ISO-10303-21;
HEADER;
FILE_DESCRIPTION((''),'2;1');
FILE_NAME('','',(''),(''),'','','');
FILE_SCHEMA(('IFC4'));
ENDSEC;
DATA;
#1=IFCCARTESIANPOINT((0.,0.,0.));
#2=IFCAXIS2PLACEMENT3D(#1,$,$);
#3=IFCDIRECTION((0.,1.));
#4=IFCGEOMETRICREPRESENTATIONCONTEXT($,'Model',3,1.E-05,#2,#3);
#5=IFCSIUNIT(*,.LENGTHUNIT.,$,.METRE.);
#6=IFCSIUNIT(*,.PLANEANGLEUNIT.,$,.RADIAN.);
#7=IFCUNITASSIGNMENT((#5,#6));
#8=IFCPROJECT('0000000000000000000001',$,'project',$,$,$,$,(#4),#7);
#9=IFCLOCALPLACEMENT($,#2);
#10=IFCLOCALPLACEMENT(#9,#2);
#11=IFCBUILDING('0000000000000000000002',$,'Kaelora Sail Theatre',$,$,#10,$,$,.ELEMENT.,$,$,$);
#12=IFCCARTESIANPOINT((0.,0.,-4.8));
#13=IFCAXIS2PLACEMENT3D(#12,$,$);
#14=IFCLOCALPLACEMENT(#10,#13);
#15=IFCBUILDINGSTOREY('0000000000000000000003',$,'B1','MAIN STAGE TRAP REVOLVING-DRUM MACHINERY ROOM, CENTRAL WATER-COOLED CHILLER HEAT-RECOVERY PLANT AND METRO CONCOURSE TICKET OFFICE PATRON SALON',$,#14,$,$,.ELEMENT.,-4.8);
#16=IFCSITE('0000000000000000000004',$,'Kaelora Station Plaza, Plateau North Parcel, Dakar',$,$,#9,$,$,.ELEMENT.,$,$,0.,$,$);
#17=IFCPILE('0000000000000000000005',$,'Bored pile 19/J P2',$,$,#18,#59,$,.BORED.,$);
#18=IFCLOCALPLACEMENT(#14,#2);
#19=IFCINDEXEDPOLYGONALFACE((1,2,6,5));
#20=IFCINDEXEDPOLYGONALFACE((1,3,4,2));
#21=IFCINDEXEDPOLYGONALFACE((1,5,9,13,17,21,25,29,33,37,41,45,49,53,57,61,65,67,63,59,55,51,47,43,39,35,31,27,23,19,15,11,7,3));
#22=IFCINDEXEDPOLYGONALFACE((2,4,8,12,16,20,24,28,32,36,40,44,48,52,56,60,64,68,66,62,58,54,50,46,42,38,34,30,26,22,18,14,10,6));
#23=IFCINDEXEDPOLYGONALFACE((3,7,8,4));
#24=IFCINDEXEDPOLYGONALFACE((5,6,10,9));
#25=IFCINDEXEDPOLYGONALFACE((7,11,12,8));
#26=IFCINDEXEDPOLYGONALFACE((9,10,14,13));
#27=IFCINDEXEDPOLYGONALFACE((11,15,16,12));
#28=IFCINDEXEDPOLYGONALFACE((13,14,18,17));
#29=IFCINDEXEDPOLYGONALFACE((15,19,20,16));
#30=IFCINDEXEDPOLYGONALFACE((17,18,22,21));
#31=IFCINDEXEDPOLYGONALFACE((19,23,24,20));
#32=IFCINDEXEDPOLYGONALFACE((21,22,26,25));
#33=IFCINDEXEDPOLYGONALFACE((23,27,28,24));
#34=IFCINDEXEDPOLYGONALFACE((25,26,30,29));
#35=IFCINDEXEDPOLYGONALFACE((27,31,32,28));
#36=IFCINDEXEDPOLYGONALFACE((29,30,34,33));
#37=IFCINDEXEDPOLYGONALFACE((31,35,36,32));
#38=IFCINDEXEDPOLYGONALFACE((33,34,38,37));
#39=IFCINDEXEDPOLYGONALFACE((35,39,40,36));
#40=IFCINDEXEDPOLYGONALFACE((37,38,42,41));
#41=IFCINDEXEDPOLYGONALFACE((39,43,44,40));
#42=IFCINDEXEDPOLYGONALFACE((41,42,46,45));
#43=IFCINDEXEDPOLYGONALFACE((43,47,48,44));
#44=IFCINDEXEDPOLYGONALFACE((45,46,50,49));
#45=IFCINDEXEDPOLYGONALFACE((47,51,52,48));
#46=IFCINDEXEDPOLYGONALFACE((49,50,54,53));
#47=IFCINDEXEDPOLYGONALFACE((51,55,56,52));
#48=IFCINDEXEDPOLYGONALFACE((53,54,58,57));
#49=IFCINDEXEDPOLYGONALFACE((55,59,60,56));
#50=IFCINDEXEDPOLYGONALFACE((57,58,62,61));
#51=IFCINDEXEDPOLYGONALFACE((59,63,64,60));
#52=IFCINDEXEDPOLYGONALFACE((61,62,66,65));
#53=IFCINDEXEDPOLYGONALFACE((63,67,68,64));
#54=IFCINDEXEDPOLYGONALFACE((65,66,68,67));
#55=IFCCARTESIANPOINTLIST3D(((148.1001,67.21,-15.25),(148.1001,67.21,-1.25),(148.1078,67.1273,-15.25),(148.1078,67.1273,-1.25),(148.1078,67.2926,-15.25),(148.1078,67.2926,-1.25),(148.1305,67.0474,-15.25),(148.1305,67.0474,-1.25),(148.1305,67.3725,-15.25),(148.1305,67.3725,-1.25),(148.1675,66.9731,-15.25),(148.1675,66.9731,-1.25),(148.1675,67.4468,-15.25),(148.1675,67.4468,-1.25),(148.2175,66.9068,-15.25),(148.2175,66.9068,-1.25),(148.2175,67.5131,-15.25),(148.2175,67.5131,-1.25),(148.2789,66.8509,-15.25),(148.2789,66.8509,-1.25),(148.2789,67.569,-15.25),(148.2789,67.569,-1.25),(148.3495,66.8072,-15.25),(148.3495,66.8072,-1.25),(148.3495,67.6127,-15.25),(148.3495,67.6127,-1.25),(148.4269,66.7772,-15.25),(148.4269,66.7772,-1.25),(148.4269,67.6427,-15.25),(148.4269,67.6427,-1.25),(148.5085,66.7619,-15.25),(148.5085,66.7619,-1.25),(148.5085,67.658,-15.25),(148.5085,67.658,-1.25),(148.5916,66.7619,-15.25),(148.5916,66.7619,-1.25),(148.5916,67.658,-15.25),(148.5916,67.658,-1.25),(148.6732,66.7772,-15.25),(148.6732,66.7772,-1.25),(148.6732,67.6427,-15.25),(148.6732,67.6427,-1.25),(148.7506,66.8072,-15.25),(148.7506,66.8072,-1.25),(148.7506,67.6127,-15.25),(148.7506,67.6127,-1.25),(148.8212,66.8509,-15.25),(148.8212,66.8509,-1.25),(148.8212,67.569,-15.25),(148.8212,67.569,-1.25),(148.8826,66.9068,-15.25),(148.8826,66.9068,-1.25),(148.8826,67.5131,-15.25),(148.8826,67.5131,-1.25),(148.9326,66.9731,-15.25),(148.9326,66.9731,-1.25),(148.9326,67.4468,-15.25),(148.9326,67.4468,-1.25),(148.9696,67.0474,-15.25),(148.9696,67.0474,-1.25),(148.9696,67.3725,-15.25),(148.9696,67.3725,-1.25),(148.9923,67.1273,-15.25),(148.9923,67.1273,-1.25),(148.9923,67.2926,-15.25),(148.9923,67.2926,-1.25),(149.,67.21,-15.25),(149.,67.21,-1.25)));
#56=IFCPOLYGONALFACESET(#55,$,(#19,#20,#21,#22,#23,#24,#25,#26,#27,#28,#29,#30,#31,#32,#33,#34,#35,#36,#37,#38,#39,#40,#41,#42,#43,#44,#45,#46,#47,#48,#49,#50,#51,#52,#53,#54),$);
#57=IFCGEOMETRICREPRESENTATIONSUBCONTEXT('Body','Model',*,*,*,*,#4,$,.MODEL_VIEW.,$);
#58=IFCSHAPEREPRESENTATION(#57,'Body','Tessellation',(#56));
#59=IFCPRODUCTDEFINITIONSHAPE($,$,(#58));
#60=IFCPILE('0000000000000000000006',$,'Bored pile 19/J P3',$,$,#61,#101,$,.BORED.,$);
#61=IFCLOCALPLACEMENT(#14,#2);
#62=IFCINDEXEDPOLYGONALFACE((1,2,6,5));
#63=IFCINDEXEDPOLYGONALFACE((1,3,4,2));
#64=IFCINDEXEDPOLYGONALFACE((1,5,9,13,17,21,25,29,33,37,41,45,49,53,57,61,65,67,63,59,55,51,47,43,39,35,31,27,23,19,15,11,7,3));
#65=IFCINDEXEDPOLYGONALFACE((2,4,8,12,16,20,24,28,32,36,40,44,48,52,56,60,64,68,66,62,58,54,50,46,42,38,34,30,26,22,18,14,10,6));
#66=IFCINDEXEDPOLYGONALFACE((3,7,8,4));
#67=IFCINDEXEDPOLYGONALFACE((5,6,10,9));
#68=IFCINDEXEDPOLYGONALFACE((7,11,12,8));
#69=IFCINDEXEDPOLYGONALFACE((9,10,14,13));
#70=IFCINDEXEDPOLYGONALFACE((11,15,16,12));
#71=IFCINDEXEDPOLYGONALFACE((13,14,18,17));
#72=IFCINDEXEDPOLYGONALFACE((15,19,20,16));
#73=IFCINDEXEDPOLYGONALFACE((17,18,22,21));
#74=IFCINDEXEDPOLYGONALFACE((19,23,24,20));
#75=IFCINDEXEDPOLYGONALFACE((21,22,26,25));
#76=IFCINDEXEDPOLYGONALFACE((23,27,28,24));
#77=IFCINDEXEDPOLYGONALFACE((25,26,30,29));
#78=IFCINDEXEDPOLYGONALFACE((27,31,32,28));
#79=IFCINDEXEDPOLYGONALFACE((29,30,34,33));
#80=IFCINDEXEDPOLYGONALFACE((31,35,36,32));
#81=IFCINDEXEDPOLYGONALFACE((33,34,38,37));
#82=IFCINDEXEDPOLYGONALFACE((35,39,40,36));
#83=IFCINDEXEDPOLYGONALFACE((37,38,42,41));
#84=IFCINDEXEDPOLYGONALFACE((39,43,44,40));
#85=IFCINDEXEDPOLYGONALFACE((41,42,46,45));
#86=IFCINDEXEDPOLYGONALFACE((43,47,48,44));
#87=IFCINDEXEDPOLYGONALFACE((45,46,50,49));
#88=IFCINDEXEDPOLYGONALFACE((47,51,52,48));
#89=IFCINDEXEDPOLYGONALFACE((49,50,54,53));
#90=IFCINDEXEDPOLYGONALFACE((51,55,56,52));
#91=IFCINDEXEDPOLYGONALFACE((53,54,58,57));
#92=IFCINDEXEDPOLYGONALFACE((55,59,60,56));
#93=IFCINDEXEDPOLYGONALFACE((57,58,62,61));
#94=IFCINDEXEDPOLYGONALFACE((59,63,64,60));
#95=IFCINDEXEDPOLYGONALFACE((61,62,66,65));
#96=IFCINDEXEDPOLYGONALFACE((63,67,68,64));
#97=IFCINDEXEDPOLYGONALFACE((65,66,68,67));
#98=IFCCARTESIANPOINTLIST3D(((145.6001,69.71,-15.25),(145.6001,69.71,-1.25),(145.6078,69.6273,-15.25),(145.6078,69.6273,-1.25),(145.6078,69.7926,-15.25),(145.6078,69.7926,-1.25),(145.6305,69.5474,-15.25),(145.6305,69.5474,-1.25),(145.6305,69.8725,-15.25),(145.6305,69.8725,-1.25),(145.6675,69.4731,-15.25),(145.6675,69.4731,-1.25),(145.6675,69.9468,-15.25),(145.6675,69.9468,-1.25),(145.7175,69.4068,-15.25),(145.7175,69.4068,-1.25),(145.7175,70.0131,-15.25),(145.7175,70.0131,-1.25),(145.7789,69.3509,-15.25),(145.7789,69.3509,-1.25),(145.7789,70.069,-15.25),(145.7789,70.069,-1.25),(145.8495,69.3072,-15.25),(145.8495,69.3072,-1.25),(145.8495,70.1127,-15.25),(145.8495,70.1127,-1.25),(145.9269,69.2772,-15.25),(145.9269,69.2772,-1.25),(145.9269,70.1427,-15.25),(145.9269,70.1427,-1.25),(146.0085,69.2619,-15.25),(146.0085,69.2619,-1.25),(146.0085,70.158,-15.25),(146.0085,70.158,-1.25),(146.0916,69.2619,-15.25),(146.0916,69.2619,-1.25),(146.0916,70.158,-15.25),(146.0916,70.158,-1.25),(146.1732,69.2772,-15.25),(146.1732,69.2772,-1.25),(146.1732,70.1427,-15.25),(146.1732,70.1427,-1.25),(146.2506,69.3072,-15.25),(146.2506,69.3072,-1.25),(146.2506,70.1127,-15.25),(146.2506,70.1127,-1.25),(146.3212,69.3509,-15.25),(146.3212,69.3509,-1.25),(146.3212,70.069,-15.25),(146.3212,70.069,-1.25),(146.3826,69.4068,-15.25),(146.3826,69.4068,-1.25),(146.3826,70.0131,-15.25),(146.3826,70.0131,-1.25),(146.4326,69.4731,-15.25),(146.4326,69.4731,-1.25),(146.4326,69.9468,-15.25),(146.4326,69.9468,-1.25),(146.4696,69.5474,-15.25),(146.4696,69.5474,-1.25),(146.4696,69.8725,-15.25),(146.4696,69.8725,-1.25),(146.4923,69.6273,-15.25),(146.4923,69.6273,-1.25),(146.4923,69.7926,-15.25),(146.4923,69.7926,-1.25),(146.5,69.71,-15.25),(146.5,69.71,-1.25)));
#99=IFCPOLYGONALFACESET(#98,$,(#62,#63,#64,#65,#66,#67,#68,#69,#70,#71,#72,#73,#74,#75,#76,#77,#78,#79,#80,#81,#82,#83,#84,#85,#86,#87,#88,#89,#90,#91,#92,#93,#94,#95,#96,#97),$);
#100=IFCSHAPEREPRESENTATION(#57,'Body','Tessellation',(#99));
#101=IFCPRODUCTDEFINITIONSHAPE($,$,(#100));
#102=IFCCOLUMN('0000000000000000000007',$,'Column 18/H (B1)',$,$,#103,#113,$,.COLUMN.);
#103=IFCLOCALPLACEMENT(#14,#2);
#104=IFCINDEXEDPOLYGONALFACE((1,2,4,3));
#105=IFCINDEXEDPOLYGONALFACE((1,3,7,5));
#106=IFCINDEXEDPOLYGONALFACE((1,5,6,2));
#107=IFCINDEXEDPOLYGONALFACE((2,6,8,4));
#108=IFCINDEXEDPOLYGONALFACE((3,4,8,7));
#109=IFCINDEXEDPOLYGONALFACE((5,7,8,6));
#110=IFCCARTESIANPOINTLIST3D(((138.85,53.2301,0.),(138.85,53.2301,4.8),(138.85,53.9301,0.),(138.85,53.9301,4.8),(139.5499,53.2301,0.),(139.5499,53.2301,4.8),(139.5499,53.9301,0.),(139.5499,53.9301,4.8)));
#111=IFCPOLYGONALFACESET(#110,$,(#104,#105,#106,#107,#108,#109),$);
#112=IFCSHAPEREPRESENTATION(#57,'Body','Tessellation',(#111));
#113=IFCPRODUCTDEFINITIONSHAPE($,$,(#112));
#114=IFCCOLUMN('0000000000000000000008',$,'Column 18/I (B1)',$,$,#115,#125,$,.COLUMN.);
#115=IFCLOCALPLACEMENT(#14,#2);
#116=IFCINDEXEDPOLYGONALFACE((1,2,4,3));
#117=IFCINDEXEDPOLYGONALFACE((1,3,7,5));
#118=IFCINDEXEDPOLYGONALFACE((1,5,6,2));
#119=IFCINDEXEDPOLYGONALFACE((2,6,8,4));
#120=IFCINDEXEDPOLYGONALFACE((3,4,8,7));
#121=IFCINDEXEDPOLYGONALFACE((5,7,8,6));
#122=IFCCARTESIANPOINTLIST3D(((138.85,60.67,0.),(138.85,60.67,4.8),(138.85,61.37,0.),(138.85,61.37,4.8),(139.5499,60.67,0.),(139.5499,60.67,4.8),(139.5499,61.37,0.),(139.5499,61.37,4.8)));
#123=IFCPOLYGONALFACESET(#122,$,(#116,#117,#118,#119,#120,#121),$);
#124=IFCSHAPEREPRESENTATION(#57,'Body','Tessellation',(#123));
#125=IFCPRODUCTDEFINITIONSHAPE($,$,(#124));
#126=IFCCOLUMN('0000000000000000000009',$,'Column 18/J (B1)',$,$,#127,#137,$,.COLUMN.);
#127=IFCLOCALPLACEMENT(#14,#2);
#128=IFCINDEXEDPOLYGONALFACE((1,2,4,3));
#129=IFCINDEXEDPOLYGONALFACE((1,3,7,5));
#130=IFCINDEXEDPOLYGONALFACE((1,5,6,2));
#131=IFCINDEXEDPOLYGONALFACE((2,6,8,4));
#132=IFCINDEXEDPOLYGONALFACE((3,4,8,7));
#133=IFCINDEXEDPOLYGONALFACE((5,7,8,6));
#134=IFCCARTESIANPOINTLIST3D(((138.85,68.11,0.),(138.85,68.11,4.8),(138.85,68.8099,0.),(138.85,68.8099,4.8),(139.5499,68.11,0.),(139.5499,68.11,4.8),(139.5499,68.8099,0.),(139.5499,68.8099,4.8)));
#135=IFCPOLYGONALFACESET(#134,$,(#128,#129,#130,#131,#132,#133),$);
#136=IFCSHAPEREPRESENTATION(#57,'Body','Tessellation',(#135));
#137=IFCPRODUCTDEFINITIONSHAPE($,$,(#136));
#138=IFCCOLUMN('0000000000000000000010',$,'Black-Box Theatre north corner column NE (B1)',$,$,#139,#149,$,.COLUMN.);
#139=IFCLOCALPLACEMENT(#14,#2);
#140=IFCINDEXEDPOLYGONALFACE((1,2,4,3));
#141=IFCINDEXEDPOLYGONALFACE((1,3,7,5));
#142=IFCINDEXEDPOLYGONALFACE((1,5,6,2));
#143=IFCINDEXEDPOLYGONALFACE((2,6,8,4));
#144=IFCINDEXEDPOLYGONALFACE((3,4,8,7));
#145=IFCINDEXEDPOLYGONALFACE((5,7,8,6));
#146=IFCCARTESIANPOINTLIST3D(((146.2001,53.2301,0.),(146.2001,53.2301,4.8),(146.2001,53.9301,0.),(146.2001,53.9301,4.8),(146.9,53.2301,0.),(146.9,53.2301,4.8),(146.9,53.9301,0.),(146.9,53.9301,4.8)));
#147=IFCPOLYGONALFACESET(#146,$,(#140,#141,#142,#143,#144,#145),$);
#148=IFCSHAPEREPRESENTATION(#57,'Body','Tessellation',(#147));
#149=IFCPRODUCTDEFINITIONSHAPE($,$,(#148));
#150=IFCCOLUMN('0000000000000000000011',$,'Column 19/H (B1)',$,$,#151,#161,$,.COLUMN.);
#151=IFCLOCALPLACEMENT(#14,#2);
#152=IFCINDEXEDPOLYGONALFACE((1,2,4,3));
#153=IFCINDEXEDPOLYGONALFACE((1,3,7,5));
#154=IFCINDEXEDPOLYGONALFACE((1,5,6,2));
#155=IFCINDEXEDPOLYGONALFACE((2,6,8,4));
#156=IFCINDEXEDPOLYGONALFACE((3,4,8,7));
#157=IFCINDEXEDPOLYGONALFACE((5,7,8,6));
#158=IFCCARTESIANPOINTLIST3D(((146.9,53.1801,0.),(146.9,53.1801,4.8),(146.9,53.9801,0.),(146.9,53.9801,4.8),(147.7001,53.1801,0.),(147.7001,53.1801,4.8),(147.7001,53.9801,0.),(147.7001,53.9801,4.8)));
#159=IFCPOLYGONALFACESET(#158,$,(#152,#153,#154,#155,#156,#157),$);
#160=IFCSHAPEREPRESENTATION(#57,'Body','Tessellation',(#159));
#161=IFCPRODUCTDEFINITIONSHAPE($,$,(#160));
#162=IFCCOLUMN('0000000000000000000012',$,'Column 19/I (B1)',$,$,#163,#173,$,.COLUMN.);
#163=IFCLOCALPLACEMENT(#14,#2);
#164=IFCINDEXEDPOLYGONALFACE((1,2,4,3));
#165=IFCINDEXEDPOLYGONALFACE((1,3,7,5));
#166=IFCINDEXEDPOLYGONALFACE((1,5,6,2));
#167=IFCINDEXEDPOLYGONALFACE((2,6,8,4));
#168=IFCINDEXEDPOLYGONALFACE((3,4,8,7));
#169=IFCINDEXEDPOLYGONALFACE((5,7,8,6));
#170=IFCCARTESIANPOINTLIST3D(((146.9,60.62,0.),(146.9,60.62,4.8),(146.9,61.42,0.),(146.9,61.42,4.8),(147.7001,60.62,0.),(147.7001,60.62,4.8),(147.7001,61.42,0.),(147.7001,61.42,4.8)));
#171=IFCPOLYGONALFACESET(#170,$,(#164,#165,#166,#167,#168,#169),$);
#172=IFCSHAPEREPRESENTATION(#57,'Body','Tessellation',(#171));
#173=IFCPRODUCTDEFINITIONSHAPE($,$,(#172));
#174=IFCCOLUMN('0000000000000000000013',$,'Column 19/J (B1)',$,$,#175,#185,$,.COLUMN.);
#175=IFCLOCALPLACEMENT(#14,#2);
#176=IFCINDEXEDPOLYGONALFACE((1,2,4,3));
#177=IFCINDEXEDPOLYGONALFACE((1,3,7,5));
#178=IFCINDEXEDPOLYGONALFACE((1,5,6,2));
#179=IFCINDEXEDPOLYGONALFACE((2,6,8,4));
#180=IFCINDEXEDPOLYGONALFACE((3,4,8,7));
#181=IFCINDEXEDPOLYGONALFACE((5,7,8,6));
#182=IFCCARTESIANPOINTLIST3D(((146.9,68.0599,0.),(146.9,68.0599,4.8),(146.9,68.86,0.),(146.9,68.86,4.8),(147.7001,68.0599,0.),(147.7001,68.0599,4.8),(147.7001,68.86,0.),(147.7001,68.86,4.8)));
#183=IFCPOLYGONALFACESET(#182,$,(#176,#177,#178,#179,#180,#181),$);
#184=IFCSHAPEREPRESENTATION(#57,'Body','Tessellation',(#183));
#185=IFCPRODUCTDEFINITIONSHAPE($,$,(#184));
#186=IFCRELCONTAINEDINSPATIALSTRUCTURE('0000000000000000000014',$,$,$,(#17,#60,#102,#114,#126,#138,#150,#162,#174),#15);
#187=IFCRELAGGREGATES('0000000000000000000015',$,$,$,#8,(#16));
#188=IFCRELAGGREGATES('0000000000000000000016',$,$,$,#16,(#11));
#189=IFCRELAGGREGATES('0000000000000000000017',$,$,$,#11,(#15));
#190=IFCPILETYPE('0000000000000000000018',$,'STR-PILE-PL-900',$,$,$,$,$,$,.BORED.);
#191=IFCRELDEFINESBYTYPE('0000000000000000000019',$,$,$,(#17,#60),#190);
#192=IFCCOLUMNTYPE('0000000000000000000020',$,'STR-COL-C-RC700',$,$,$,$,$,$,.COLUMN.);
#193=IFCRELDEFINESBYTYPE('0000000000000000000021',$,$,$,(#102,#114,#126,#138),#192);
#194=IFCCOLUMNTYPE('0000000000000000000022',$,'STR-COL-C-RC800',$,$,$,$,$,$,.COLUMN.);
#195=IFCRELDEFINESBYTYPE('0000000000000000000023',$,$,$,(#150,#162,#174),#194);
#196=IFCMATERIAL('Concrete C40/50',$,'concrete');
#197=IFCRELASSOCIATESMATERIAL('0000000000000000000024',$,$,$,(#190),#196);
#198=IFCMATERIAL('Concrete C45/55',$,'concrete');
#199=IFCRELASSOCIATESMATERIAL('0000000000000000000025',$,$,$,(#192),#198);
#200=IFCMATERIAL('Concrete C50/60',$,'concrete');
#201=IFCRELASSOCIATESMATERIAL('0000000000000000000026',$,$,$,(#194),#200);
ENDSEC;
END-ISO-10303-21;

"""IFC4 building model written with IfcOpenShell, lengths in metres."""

from ifc_helpers import new_model, si_unit, direction, frame, origin, origin_2d, place, context, subcontext, project, spatial, rectangle, circle, extrude, material, material_profile, profile_set, type_object, element, save


model = new_model("IFC4")

# Units and contexts
model_context = context("Model", 3, precision=1e-05, world=origin(), true_north=direction((0.0, 1.0)))
body_context = subcontext(model_context, "Body", "Model", "MODEL_VIEW")
ifc_project = project(units=[si_unit("LENGTHUNIT", "METRE"), si_unit("PLANEANGLEUNIT", "RADIAN")], contexts=[model_context])

# Site, building, storey
site_placement = place(None, origin())
site = spatial("IfcSite", under=ifc_project, at=site_placement, Name="Kaelora Station Plaza, Plateau North Parcel, Dakar", CompositionType="ELEMENT", RefElevation=0.0)
building_placement = place(site_placement, origin())
building = spatial("IfcBuilding", under=site, at=building_placement, Name="Kaelora Sail Theatre", CompositionType="ELEMENT")
storey_placement = place(building_placement, frame((0.0, 0.0, -4.8)))
storey = spatial("IfcBuildingStorey", under=building, at=storey_placement, Name="B1", Description="MAIN STAGE TRAP REVOLVING-DRUM MACHINERY ROOM, CENTRAL WATER-COOLED CHILLER HEAT-RECOVERY PLANT AND METRO CONCOURSE TICKET OFFICE PATRON SALON", CompositionType="ELEMENT", Elevation=-4.8)

# Piles
ifc_material_1 = material(Name="Concrete C40/50", Category="concrete")
ifc_material_profile_1 = material_profile(ifc_material_1, circle(Radius=0.45, at=origin_2d()), Name="PILE D900")
ifc_profile_set_1 = profile_set([ifc_material_profile_1], Name="Concrete C40/50")
pile_type = type_object("IfcPileType", Name="STR-PILE-PL-900", PredefinedType="BORED", material=ifc_profile_set_1)
for number, where, z_axis, x_axis, name in (
    (1, (148.55, 67.21, -1.25), (0.0, 0.0, -1.0), (1.0, 0.0, 0.0), "Bored pile 19/J P2"),
    (2, (146.05, 69.71, -1.25), (0.0, 0.0, -1.0), (1.0, 0.0, 0.0), "Bored pile 19/J P3"),
):
    element("IfcPile", number, at=place(storey_placement, frame(where, z_axis=z_axis, x_axis=x_axis)), inside=storey, type_object=pile_type, Name=name, PredefinedType="BORED", context=body_context, shape_type="SweptSolid", body=[
        extrude(circle(Radius=0.45, at=origin_2d()), origin(), (0.0, 0.0, 1.0), 14.0),
    ])

# Columns
ifc_material_2 = material(Name="Concrete C45/55", Category="concrete")
ifc_material_profile_2 = material_profile(ifc_material_2, rectangle(XDim=0.7, YDim=0.7, at=origin_2d()), Name="RC-COL 700x700")
ifc_profile_set_2 = profile_set([ifc_material_profile_2], Name="Concrete C45/55")
column_type_1 = type_object("IfcColumnType", Name="STR-COL-C-RC700", PredefinedType="COLUMN", material=ifc_profile_set_2)
for number, where, z_axis, x_axis, name in (
    (3, (139.2, 53.5801, 0.0), (0.0, 0.0, 1.0), (1.0, 0.0, 0.0), "Column 18/H (B1)"),
    (4, (139.2, 61.02, 0.0), (0.0, 0.0, 1.0), (1.0, 0.0, 0.0), "Column 18/I (B1)"),
    (5, (139.2, 68.46, 0.0), (0.0, 0.0, 1.0), (1.0, 0.0, 0.0), "Column 18/J (B1)"),
    (6, (146.55, 53.5801, 0.0), (0.0, 0.0, 1.0), (1.0, 0.0, 0.0), "Black-Box Theatre north corner column NE (B1)"),
):
    element("IfcColumn", number, at=place(storey_placement, frame(where, z_axis=z_axis, x_axis=x_axis)), inside=storey, type_object=column_type_1, Name=name, PredefinedType="COLUMN", context=body_context, shape_type="SweptSolid", body=[
        extrude(rectangle(XDim=0.7, YDim=0.7, at=origin_2d()), origin(), (0.0, 0.0, 1.0), 4.8),
    ])
ifc_material_3 = material(Name="Concrete C50/60", Category="concrete")
ifc_material_profile_3 = material_profile(ifc_material_3, rectangle(XDim=0.8, YDim=0.8, at=origin_2d()), Name="RC-COL 800x800")
ifc_profile_set_3 = profile_set([ifc_material_profile_3], Name="Concrete C50/60")
column_type_2 = type_object("IfcColumnType", Name="STR-COL-C-RC800", PredefinedType="COLUMN", material=ifc_profile_set_3)
for number, where, z_axis, x_axis, name in (
    (7, (147.3, 53.5801, 0.0), (0.0, 0.0, 1.0), (1.0, 0.0, 0.0), "Column 19/H (B1)"),
    (8, (147.3, 61.02, 0.0), (0.0, 0.0, 1.0), (1.0, 0.0, 0.0), "Column 19/I (B1)"),
    (9, (147.3, 68.46, 0.0), (0.0, 0.0, 1.0), (1.0, 0.0, 0.0), "Column 19/J (B1)"),
):
    element("IfcColumn", number, at=place(storey_placement, frame(where, z_axis=z_axis, x_axis=x_axis)), inside=storey, type_object=column_type_2, Name=name, PredefinedType="COLUMN", context=body_context, shape_type="SweptSolid", body=[
        extrude(rectangle(XDim=0.8, YDim=0.8, at=origin_2d()), origin(), (0.0, 0.0, 1.0), 4.8),
    ])

save(model, "model.ifc")
